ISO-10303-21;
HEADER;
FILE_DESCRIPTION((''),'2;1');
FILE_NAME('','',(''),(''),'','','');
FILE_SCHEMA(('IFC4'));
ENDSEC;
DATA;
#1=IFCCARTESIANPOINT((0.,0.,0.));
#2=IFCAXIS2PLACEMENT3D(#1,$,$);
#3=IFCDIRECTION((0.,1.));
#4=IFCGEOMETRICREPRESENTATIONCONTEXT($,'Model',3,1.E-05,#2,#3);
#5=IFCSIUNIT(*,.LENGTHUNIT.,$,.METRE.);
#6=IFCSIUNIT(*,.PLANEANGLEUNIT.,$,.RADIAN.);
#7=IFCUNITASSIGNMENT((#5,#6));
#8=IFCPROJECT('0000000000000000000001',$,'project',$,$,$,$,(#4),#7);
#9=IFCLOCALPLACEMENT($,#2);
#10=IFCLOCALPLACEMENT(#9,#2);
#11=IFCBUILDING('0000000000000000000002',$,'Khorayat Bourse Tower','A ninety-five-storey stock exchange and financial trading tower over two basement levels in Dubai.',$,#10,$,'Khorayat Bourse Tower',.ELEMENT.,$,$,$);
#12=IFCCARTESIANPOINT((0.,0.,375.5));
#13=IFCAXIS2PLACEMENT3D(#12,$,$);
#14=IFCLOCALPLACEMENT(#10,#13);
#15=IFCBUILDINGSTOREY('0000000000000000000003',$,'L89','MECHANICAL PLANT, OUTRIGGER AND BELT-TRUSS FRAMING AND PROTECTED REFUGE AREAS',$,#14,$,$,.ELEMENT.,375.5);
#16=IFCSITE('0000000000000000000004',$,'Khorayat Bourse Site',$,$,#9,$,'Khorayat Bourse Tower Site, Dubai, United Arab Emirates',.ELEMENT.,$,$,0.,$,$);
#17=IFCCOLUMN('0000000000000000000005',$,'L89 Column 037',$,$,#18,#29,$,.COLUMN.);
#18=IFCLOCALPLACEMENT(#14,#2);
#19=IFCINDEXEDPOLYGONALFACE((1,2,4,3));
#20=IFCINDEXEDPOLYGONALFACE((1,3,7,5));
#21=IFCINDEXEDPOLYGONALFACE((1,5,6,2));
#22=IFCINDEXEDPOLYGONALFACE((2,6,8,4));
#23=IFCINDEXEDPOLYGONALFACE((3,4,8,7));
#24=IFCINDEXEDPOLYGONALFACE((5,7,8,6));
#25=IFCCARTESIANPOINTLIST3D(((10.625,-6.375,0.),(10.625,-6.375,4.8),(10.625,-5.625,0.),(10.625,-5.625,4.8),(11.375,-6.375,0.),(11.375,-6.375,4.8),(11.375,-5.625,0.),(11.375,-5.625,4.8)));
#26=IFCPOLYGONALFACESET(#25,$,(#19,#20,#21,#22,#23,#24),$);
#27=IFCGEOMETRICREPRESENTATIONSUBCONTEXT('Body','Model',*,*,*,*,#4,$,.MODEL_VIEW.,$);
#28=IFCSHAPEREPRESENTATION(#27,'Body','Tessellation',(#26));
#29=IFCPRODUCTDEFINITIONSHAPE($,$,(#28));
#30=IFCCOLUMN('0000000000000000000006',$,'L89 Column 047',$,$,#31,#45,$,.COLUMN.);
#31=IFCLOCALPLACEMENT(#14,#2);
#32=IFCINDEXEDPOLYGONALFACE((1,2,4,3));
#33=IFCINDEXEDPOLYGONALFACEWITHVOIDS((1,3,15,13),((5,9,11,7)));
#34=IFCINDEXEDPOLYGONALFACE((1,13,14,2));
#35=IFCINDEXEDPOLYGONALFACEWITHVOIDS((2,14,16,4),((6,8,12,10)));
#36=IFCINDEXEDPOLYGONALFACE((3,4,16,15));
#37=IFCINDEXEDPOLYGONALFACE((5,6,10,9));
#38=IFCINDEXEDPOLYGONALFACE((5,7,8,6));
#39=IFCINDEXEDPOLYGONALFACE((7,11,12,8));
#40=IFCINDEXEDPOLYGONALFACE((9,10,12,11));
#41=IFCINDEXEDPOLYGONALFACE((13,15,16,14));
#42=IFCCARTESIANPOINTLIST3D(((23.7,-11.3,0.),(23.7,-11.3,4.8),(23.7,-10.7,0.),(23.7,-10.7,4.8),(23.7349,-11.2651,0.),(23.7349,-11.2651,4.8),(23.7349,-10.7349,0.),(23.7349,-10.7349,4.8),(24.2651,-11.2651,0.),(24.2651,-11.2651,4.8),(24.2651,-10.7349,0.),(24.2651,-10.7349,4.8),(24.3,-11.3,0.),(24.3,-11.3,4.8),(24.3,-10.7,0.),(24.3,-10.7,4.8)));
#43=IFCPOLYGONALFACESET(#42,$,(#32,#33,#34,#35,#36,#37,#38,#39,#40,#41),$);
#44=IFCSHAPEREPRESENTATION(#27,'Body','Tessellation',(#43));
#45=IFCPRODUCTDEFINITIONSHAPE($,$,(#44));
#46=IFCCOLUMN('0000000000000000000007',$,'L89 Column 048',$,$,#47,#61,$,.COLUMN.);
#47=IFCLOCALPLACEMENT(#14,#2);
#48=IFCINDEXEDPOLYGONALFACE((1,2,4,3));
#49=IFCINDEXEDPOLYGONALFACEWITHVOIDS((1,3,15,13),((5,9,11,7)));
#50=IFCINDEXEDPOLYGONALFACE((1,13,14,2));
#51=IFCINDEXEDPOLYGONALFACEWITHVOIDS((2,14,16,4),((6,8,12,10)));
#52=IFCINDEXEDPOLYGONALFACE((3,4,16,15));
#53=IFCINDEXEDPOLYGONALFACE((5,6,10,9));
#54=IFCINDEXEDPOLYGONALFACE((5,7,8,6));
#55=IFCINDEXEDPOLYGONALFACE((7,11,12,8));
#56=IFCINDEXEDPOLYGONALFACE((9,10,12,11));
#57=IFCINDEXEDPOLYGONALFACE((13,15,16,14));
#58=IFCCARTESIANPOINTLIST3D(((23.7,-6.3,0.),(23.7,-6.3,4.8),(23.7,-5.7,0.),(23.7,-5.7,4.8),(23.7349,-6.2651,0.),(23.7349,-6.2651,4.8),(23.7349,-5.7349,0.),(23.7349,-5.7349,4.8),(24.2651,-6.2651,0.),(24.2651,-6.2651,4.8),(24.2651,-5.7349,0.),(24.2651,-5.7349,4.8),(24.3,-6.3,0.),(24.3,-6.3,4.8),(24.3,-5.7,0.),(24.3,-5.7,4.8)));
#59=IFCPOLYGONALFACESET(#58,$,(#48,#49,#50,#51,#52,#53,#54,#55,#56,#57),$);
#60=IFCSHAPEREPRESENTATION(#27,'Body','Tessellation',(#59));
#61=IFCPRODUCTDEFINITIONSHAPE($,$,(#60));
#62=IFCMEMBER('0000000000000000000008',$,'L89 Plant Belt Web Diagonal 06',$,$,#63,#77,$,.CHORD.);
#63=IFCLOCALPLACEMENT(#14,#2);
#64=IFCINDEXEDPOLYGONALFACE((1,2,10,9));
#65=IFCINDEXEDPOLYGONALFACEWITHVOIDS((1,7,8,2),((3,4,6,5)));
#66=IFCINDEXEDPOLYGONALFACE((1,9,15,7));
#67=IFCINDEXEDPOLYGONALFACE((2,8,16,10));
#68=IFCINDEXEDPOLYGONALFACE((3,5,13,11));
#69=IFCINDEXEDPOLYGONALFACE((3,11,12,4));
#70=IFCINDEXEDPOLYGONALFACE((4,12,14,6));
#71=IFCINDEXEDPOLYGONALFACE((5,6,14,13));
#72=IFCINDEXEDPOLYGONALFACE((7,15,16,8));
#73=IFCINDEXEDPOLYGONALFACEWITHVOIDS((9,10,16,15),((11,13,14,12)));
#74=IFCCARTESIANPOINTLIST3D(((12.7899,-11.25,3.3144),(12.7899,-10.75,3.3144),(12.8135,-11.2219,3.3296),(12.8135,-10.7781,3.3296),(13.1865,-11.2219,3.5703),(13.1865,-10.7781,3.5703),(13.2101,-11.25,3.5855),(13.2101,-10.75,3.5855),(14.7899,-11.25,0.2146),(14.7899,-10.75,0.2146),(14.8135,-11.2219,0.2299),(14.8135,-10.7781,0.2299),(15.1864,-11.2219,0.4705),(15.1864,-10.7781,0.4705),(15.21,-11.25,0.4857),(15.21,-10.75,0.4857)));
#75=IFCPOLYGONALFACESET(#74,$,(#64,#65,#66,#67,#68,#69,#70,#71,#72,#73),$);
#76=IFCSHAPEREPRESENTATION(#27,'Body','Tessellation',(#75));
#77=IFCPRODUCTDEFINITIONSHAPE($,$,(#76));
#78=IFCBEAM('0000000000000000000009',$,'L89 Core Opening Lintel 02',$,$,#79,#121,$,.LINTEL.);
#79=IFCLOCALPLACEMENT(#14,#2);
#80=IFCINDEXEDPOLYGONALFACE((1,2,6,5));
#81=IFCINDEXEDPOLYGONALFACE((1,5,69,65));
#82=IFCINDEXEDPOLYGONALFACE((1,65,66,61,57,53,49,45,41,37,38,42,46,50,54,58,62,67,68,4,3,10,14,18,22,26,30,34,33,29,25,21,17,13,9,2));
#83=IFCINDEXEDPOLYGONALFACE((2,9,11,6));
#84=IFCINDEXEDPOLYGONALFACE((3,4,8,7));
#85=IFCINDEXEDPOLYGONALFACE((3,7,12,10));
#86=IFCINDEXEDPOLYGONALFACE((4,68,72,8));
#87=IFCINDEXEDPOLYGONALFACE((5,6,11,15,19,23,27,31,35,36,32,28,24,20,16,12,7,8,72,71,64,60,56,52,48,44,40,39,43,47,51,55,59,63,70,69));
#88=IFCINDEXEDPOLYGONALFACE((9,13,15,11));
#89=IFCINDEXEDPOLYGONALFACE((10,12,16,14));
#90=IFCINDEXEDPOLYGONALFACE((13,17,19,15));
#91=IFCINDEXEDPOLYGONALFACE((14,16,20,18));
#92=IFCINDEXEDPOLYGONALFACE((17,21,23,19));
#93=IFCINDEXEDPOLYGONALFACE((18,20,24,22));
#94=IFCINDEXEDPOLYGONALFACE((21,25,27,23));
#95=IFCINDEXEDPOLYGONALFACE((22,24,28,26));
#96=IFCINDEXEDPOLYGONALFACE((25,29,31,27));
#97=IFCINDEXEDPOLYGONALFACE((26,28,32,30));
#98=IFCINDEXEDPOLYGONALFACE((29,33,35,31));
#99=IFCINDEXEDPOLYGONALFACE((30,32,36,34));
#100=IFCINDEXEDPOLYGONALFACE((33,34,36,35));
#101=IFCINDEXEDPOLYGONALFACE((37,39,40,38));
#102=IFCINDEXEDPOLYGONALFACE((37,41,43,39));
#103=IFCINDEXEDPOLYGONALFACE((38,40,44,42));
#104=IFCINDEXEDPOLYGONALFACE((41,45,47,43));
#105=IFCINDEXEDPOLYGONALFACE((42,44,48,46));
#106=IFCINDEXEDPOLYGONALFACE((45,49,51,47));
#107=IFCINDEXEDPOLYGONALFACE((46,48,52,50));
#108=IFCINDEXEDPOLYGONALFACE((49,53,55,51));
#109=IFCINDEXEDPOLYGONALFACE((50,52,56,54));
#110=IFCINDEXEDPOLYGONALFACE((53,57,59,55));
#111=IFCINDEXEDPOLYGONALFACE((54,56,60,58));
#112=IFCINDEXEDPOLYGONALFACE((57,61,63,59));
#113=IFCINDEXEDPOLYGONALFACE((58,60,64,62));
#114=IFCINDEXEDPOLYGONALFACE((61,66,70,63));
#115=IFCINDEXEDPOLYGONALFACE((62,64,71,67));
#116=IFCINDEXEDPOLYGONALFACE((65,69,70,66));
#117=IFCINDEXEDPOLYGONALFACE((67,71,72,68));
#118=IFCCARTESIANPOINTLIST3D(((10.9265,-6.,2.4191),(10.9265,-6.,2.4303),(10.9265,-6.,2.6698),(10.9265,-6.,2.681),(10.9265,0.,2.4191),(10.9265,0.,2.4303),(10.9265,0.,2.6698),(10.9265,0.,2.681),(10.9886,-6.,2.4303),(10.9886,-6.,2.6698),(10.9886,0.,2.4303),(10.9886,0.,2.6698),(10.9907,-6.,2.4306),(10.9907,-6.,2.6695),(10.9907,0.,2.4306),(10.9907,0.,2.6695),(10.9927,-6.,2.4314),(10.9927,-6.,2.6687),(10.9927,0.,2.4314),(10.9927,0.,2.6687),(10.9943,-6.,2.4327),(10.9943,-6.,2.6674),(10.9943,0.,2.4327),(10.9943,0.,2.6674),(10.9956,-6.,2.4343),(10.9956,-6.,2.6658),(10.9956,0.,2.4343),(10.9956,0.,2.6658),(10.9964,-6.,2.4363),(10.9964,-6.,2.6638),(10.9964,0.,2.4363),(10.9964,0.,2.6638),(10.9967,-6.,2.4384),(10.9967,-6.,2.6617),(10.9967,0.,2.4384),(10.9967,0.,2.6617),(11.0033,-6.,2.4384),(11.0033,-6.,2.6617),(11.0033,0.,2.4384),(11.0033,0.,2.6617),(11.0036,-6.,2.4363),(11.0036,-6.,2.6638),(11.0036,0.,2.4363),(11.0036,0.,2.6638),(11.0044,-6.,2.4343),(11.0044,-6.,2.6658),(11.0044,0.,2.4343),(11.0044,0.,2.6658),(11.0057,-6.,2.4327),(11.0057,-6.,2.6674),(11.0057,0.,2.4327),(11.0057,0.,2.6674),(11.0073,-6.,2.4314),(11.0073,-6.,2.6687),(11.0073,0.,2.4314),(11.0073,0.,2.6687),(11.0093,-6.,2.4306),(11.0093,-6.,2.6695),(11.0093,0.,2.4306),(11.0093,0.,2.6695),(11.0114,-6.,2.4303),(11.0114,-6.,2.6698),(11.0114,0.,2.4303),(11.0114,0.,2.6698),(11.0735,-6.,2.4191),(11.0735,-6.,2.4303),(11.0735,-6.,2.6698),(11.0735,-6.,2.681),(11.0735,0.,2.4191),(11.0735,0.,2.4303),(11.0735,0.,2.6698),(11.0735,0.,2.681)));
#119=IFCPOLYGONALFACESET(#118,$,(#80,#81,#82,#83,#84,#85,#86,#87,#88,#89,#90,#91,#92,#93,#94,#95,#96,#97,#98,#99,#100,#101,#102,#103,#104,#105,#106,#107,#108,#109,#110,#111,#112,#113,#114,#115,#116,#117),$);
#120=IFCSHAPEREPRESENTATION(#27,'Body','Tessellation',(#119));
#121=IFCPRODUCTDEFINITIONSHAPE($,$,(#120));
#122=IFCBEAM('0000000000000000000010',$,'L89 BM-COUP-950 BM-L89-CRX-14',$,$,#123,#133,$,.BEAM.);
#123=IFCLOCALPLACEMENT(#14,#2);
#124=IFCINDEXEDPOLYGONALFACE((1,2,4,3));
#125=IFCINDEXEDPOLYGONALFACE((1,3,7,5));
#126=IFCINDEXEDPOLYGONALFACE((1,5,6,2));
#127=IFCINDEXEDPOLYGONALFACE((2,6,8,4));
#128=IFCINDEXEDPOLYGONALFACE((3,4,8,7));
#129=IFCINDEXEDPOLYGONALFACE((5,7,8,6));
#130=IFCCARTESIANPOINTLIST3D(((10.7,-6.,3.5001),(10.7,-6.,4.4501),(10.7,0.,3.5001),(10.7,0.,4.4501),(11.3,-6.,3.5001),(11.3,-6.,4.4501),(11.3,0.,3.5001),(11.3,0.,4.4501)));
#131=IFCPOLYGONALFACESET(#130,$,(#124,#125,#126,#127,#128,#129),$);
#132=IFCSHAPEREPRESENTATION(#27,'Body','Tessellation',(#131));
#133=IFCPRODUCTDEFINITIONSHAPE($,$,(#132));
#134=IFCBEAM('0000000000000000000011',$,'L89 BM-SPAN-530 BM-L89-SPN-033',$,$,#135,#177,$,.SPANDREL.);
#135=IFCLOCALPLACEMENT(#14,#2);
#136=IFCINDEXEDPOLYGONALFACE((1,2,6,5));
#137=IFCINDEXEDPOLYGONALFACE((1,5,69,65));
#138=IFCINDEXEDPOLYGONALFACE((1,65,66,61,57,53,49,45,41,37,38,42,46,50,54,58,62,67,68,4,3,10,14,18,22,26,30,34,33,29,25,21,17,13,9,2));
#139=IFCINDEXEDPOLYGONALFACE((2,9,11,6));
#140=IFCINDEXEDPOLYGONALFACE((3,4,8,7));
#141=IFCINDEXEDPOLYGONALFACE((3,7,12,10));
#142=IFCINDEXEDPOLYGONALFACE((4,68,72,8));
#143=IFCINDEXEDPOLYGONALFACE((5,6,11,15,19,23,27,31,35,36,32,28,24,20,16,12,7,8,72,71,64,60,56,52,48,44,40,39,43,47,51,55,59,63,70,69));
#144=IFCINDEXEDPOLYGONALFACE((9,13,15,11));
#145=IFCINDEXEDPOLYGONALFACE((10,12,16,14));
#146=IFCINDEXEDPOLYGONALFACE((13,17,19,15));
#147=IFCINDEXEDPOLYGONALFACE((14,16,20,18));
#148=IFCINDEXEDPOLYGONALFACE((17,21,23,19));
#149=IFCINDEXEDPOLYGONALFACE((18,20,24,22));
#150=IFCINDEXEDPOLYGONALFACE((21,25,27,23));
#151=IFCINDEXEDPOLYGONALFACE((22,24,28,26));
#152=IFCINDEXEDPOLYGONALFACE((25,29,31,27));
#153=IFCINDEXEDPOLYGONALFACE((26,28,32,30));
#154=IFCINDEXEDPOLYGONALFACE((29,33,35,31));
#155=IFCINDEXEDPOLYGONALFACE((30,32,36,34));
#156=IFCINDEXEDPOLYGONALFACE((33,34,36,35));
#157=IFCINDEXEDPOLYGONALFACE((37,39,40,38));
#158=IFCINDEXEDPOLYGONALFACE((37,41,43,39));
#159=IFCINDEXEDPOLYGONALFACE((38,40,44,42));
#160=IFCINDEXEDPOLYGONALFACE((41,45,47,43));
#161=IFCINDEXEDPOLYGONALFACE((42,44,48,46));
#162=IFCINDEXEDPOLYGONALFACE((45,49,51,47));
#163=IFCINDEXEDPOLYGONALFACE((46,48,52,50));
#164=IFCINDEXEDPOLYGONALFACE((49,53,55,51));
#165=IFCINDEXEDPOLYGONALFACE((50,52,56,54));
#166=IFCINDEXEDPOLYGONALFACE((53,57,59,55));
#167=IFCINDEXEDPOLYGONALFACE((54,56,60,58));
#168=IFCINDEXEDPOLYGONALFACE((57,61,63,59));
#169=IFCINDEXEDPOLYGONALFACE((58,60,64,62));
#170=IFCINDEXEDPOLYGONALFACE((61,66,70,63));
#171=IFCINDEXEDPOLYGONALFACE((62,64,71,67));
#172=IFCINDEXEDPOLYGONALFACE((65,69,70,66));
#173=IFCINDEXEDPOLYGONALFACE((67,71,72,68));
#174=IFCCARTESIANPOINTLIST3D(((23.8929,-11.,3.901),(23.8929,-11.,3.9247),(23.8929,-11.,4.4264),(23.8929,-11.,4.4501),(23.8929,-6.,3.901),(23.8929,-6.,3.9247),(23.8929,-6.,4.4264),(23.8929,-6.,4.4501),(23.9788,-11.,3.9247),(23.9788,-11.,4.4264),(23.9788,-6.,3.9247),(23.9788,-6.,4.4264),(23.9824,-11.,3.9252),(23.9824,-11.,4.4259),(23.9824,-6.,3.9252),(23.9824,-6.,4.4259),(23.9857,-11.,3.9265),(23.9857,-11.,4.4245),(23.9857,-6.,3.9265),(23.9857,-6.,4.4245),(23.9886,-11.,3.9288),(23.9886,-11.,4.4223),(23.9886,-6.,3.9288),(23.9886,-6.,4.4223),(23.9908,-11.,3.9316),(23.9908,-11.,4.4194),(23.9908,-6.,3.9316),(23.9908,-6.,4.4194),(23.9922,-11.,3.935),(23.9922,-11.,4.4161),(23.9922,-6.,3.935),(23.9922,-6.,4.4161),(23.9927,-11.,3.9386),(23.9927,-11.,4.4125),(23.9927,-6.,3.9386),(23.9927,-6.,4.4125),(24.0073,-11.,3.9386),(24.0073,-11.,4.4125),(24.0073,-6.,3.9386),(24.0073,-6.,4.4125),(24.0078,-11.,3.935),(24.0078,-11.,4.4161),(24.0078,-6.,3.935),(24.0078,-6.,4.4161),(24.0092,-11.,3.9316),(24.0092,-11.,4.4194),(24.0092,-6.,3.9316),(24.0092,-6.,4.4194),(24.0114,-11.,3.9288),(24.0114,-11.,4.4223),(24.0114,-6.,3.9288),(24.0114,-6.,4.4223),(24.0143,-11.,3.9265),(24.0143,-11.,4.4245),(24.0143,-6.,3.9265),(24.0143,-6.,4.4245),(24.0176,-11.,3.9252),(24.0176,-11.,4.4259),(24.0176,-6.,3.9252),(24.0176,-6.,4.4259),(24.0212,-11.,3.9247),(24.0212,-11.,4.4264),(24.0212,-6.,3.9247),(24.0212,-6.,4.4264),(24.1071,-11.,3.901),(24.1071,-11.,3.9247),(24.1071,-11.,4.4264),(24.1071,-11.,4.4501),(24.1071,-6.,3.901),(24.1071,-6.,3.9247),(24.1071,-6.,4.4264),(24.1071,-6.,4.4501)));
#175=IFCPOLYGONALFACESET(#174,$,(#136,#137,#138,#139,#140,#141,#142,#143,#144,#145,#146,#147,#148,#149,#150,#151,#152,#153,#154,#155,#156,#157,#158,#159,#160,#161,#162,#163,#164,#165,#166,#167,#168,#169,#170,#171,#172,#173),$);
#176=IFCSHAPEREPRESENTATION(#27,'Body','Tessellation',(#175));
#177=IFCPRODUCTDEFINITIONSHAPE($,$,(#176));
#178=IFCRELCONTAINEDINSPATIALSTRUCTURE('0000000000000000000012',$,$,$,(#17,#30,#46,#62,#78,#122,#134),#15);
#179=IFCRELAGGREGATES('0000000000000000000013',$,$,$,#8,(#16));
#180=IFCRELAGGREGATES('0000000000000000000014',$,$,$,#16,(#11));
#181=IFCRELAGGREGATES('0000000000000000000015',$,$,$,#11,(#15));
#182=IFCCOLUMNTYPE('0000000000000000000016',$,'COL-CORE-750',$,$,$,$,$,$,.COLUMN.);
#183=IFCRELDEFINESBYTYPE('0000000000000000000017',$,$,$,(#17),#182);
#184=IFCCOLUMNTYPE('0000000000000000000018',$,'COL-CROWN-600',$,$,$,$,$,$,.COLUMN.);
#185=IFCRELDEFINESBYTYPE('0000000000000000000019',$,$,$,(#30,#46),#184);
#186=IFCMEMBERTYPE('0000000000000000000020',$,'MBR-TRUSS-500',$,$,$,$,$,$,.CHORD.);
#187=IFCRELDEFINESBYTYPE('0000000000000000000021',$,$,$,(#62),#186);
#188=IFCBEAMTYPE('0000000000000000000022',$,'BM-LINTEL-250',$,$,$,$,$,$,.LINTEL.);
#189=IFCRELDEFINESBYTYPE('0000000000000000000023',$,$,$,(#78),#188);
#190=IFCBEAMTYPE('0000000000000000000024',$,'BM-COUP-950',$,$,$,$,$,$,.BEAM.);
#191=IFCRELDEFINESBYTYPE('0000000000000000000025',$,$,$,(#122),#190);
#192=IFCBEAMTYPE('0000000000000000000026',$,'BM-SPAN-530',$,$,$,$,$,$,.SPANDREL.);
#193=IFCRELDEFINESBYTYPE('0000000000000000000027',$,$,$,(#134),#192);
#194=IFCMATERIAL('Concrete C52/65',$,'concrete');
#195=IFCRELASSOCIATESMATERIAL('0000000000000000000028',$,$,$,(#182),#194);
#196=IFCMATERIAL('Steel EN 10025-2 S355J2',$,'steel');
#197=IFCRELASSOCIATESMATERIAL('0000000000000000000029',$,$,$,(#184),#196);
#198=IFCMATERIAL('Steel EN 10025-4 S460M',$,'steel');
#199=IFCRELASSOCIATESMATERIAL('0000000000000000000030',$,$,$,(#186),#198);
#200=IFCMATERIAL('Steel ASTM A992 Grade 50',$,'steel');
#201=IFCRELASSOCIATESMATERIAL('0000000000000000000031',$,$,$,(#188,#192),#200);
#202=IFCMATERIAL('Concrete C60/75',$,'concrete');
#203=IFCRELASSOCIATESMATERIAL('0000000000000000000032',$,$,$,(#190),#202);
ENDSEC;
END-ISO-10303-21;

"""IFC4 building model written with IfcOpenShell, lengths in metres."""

from ifc_helpers import new_model, si_unit, direction, frame, origin, origin_2d, place, context, subcontext, project, spatial, rectangle, hollow_rectangle, i_section, extrude, source, transform, mapped, material, material_profile, profile_set, type_object, element, save


model = new_model("IFC4")

# Units and contexts
model_context = context("Model", 3, precision=1e-05, world=origin(), true_north=direction((0.0, 1.0)))
body_context = subcontext(model_context, "Body", "Model", "MODEL_VIEW")
ifc_project = project(units=[si_unit("LENGTHUNIT", "METRE"), si_unit("PLANEANGLEUNIT", "RADIAN")], contexts=[model_context])

# Site, building, storey
site_placement = place(None, origin())
site = spatial("IfcSite", under=ifc_project, at=site_placement, Name="Khorayat Bourse Site", LongName="Khorayat Bourse Tower Site, Dubai, United Arab Emirates", CompositionType="ELEMENT", RefElevation=0.0)
building_placement = place(site_placement, origin())
building = spatial("IfcBuilding", under=site, at=building_placement, Name="Khorayat Bourse Tower", Description="A ninety-five-storey stock exchange and financial trading tower over two basement levels in Dubai.", LongName="Khorayat Bourse Tower", CompositionType="ELEMENT")
storey_placement = place(building_placement, frame((0.0, 0.0, 375.5)))
storey = spatial("IfcBuildingStorey", under=building, at=storey_placement, Name="L89", Description="MECHANICAL PLANT, OUTRIGGER AND BELT-TRUSS FRAMING AND PROTECTED REFUGE AREAS", CompositionType="ELEMENT", Elevation=375.5)

# Columns
ifc_material_1 = material(Name="Concrete C52/65", Category="concrete")
ifc_material_profile_1 = material_profile(ifc_material_1, rectangle(XDim=0.75, YDim=0.75, at=origin_2d()), Name="RC 750x750")
ifc_profile_set_1 = profile_set([ifc_material_profile_1], Name="Concrete C52/65")
column_type_1 = type_object("IfcColumnType", Name="COL-CORE-750", PredefinedType="COLUMN", material=ifc_profile_set_1)
shared_shape_1 = source(origin(), body_context, "Body", "SweptSolid", [
    extrude(rectangle(XDim=0.75, YDim=0.75, at=origin_2d()), origin(), (0.0, 0.0, 1.0), 4.8),
])
column_placement = place(storey_placement, frame((11.0, -6.0, 0.0), z_axis=(0.0, 0.0, 1.0), x_axis=(1.0, 0.0, 0.0)))
element("IfcColumn", 1, at=column_placement, inside=storey, type_object=column_type_1, Name="L89 Column 037", PredefinedType="COLUMN", context=body_context, shape_type="MappedRepresentation", body=[
    mapped(shared_shape_1, transform((0.0, 0.0, 0.0), scale=1.0)),
])
ifc_material_2 = material(Name="Steel EN 10025-2 S355J2", Category="steel")
ifc_material_profile_2 = material_profile(ifc_material_2, hollow_rectangle(XDim=0.6001, YDim=0.6001, WallThickness=0.0349, at=origin_2d()), Name="BOX 600x600x35")
ifc_profile_set_2 = profile_set([ifc_material_profile_2], Name="Steel EN 10025-2 S355J2")
column_type_2 = type_object("IfcColumnType", Name="COL-CROWN-600", PredefinedType="COLUMN", material=ifc_profile_set_2)
shared_shape_2 = source(origin(), body_context, "Body", "SweptSolid", [
    extrude(hollow_rectangle(XDim=0.6001, YDim=0.6001, WallThickness=0.0349, at=origin_2d()), origin(), (0.0, 0.0, 1.0), 4.8),
])
for number, where, z_axis, x_axis, name in (
    (2, (24.0, -11.0, 0.0), (0.0, 0.0, 1.0), (1.0, 0.0, 0.0), "L89 Column 047"),
    (3, (24.0, -6.0, 0.0), (0.0, 0.0, 1.0), (1.0, 0.0, 0.0), "L89 Column 048"),
):
    element("IfcColumn", number, at=place(storey_placement, frame(where, z_axis=z_axis, x_axis=x_axis)), inside=storey, type_object=column_type_2, Name=name, PredefinedType="COLUMN", context=body_context, shape_type="MappedRepresentation", body=[
        mapped(shared_shape_2, transform((0.0, 0.0, 0.0), scale=1.0)),
    ])

# Member
ifc_material_3 = material(Name="Steel EN 10025-4 S460M", Category="steel")
ifc_material_profile_3 = material_profile(ifc_material_3, hollow_rectangle(XDim=0.5, YDim=0.5, WallThickness=0.0281, at=origin_2d()), Name="HSS 500x500x28")
ifc_profile_set_3 = profile_set([ifc_material_profile_3], Name="Steel EN 10025-4 S460M")
member_type_1 = type_object("IfcMemberType", Name="MBR-TRUSS-500", PredefinedType="CHORD", material=ifc_profile_set_3)
shared_shape_3 = source(origin(), body_context, "Body", "SweptSolid", [
    extrude(hollow_rectangle(XDim=0.5, YDim=0.5, WallThickness=0.0281, at=origin_2d()), origin(), (0.0, 0.0, 1.0), 3.689),
])
member_1_placement = place(storey_placement, frame((13.0, -11.0, 3.45), z_axis=(0.542145, 0.0, -0.840285), x_axis=(0.0, 1.0, 0.0)))
element("IfcMember", 4, at=member_1_placement, inside=storey, type_object=member_type_1, Name="L89 Plant Belt Web Diagonal 06", PredefinedType="CHORD", context=body_context, shape_type="MappedRepresentation", body=[
    mapped(shared_shape_3, transform((0.0, 0.0, 0.0), scale=1.0)),
])

# Beams
ifc_material_4 = material(Name="Steel ASTM A992 Grade 50", Category="steel")
ifc_material_profile_4 = material_profile(ifc_material_4, i_section(OverallWidth=0.147, OverallDepth=0.262, WebThickness=0.0066, FlangeThickness=0.0112, FilletRadius=0.0081, at=origin_2d()), Name="W250X39")
ifc_profile_set_4 = profile_set([ifc_material_profile_4], Name="Steel ASTM A992 Grade 50")
beam_type_1 = type_object("IfcBeamType", Name="BM-LINTEL-250", PredefinedType="LINTEL", material=ifc_profile_set_4)
shared_shape_4 = source(origin(), body_context, "Body", "SweptSolid", [
    extrude(i_section(OverallWidth=0.147, OverallDepth=0.262, WebThickness=0.0066, FlangeThickness=0.0112, FilletRadius=0.0081, at=origin_2d()), origin(), (0.0, 0.0, 1.0), 6.0),
])
beam_1_placement = place(storey_placement, frame((11.0, -6.0, 2.55), z_axis=(0.0, 1.0, 0.0), x_axis=(-1.0, 0.0, 0.0)))
element("IfcBeam", 5, at=beam_1_placement, inside=storey, type_object=beam_type_1, Name="L89 Core Opening Lintel 02", PredefinedType="LINTEL", context=body_context, shape_type="MappedRepresentation", body=[
    mapped(shared_shape_4, transform((0.0, 0.0, 0.0), scale=1.0)),
])
ifc_material_5 = material(Name="Concrete C60/75", Category="concrete")
ifc_material_profile_5 = material_profile(ifc_material_5, rectangle(XDim=0.6001, YDim=0.95, at=origin_2d()), Name="RC 600x950")
ifc_profile_set_5 = profile_set([ifc_material_profile_5], Name="Concrete C60/75")
beam_type_2 = type_object("IfcBeamType", Name="BM-COUP-950", PredefinedType="BEAM", material=ifc_profile_set_5)
shared_shape_5 = source(origin(), body_context, "Body", "SweptSolid", [
    extrude(rectangle(XDim=0.6001, YDim=0.95, at=origin_2d()), origin(), (0.0, 0.0, 1.0), 6.0),
])
beam_2_placement = place(storey_placement, frame((11.0, -6.0, 3.9751), z_axis=(0.0, 1.0, 0.0), x_axis=(-1.0, 0.0, 0.0)))
element("IfcBeam", 6, at=beam_2_placement, inside=storey, type_object=beam_type_2, Name="L89 BM-COUP-950 BM-L89-CRX-14", PredefinedType="BEAM", context=body_context, shape_type="MappedRepresentation", body=[
    mapped(shared_shape_5, transform((0.0, 0.0, 0.0), scale=1.0)),
])
ifc_material_profile_6 = material_profile(ifc_material_4, i_section(OverallWidth=0.2141, OverallDepth=0.5491, WebThickness=0.0146, FlangeThickness=0.0237, FilletRadius=0.0139, at=origin_2d()), Name="W530X138")
ifc_profile_set_6 = profile_set([ifc_material_profile_6], Name="Steel ASTM A992 Grade 50")
beam_type_3 = type_object("IfcBeamType", Name="BM-SPAN-530", PredefinedType="SPANDREL", material=ifc_profile_set_6)
shared_shape_6 = source(origin(), body_context, "Body", "SweptSolid", [
    extrude(i_section(OverallWidth=0.2141, OverallDepth=0.5491, WebThickness=0.0146, FlangeThickness=0.0237, FilletRadius=0.0139, at=origin_2d()), origin(), (0.0, 0.0, 1.0), 5.0),
])
beam_3_placement = place(storey_placement, frame((24.0, -11.0, 4.1755), z_axis=(0.0, 1.0, 0.0), x_axis=(-1.0, 0.0, 0.0)))
element("IfcBeam", 7, at=beam_3_placement, inside=storey, type_object=beam_type_3, Name="L89 BM-SPAN-530 BM-L89-SPN-033", PredefinedType="SPANDREL", context=body_context, shape_type="MappedRepresentation", body=[
    mapped(shared_shape_6, transform((0.0, 0.0, 0.0), scale=1.0)),
])

save(model, "model.ifc")
